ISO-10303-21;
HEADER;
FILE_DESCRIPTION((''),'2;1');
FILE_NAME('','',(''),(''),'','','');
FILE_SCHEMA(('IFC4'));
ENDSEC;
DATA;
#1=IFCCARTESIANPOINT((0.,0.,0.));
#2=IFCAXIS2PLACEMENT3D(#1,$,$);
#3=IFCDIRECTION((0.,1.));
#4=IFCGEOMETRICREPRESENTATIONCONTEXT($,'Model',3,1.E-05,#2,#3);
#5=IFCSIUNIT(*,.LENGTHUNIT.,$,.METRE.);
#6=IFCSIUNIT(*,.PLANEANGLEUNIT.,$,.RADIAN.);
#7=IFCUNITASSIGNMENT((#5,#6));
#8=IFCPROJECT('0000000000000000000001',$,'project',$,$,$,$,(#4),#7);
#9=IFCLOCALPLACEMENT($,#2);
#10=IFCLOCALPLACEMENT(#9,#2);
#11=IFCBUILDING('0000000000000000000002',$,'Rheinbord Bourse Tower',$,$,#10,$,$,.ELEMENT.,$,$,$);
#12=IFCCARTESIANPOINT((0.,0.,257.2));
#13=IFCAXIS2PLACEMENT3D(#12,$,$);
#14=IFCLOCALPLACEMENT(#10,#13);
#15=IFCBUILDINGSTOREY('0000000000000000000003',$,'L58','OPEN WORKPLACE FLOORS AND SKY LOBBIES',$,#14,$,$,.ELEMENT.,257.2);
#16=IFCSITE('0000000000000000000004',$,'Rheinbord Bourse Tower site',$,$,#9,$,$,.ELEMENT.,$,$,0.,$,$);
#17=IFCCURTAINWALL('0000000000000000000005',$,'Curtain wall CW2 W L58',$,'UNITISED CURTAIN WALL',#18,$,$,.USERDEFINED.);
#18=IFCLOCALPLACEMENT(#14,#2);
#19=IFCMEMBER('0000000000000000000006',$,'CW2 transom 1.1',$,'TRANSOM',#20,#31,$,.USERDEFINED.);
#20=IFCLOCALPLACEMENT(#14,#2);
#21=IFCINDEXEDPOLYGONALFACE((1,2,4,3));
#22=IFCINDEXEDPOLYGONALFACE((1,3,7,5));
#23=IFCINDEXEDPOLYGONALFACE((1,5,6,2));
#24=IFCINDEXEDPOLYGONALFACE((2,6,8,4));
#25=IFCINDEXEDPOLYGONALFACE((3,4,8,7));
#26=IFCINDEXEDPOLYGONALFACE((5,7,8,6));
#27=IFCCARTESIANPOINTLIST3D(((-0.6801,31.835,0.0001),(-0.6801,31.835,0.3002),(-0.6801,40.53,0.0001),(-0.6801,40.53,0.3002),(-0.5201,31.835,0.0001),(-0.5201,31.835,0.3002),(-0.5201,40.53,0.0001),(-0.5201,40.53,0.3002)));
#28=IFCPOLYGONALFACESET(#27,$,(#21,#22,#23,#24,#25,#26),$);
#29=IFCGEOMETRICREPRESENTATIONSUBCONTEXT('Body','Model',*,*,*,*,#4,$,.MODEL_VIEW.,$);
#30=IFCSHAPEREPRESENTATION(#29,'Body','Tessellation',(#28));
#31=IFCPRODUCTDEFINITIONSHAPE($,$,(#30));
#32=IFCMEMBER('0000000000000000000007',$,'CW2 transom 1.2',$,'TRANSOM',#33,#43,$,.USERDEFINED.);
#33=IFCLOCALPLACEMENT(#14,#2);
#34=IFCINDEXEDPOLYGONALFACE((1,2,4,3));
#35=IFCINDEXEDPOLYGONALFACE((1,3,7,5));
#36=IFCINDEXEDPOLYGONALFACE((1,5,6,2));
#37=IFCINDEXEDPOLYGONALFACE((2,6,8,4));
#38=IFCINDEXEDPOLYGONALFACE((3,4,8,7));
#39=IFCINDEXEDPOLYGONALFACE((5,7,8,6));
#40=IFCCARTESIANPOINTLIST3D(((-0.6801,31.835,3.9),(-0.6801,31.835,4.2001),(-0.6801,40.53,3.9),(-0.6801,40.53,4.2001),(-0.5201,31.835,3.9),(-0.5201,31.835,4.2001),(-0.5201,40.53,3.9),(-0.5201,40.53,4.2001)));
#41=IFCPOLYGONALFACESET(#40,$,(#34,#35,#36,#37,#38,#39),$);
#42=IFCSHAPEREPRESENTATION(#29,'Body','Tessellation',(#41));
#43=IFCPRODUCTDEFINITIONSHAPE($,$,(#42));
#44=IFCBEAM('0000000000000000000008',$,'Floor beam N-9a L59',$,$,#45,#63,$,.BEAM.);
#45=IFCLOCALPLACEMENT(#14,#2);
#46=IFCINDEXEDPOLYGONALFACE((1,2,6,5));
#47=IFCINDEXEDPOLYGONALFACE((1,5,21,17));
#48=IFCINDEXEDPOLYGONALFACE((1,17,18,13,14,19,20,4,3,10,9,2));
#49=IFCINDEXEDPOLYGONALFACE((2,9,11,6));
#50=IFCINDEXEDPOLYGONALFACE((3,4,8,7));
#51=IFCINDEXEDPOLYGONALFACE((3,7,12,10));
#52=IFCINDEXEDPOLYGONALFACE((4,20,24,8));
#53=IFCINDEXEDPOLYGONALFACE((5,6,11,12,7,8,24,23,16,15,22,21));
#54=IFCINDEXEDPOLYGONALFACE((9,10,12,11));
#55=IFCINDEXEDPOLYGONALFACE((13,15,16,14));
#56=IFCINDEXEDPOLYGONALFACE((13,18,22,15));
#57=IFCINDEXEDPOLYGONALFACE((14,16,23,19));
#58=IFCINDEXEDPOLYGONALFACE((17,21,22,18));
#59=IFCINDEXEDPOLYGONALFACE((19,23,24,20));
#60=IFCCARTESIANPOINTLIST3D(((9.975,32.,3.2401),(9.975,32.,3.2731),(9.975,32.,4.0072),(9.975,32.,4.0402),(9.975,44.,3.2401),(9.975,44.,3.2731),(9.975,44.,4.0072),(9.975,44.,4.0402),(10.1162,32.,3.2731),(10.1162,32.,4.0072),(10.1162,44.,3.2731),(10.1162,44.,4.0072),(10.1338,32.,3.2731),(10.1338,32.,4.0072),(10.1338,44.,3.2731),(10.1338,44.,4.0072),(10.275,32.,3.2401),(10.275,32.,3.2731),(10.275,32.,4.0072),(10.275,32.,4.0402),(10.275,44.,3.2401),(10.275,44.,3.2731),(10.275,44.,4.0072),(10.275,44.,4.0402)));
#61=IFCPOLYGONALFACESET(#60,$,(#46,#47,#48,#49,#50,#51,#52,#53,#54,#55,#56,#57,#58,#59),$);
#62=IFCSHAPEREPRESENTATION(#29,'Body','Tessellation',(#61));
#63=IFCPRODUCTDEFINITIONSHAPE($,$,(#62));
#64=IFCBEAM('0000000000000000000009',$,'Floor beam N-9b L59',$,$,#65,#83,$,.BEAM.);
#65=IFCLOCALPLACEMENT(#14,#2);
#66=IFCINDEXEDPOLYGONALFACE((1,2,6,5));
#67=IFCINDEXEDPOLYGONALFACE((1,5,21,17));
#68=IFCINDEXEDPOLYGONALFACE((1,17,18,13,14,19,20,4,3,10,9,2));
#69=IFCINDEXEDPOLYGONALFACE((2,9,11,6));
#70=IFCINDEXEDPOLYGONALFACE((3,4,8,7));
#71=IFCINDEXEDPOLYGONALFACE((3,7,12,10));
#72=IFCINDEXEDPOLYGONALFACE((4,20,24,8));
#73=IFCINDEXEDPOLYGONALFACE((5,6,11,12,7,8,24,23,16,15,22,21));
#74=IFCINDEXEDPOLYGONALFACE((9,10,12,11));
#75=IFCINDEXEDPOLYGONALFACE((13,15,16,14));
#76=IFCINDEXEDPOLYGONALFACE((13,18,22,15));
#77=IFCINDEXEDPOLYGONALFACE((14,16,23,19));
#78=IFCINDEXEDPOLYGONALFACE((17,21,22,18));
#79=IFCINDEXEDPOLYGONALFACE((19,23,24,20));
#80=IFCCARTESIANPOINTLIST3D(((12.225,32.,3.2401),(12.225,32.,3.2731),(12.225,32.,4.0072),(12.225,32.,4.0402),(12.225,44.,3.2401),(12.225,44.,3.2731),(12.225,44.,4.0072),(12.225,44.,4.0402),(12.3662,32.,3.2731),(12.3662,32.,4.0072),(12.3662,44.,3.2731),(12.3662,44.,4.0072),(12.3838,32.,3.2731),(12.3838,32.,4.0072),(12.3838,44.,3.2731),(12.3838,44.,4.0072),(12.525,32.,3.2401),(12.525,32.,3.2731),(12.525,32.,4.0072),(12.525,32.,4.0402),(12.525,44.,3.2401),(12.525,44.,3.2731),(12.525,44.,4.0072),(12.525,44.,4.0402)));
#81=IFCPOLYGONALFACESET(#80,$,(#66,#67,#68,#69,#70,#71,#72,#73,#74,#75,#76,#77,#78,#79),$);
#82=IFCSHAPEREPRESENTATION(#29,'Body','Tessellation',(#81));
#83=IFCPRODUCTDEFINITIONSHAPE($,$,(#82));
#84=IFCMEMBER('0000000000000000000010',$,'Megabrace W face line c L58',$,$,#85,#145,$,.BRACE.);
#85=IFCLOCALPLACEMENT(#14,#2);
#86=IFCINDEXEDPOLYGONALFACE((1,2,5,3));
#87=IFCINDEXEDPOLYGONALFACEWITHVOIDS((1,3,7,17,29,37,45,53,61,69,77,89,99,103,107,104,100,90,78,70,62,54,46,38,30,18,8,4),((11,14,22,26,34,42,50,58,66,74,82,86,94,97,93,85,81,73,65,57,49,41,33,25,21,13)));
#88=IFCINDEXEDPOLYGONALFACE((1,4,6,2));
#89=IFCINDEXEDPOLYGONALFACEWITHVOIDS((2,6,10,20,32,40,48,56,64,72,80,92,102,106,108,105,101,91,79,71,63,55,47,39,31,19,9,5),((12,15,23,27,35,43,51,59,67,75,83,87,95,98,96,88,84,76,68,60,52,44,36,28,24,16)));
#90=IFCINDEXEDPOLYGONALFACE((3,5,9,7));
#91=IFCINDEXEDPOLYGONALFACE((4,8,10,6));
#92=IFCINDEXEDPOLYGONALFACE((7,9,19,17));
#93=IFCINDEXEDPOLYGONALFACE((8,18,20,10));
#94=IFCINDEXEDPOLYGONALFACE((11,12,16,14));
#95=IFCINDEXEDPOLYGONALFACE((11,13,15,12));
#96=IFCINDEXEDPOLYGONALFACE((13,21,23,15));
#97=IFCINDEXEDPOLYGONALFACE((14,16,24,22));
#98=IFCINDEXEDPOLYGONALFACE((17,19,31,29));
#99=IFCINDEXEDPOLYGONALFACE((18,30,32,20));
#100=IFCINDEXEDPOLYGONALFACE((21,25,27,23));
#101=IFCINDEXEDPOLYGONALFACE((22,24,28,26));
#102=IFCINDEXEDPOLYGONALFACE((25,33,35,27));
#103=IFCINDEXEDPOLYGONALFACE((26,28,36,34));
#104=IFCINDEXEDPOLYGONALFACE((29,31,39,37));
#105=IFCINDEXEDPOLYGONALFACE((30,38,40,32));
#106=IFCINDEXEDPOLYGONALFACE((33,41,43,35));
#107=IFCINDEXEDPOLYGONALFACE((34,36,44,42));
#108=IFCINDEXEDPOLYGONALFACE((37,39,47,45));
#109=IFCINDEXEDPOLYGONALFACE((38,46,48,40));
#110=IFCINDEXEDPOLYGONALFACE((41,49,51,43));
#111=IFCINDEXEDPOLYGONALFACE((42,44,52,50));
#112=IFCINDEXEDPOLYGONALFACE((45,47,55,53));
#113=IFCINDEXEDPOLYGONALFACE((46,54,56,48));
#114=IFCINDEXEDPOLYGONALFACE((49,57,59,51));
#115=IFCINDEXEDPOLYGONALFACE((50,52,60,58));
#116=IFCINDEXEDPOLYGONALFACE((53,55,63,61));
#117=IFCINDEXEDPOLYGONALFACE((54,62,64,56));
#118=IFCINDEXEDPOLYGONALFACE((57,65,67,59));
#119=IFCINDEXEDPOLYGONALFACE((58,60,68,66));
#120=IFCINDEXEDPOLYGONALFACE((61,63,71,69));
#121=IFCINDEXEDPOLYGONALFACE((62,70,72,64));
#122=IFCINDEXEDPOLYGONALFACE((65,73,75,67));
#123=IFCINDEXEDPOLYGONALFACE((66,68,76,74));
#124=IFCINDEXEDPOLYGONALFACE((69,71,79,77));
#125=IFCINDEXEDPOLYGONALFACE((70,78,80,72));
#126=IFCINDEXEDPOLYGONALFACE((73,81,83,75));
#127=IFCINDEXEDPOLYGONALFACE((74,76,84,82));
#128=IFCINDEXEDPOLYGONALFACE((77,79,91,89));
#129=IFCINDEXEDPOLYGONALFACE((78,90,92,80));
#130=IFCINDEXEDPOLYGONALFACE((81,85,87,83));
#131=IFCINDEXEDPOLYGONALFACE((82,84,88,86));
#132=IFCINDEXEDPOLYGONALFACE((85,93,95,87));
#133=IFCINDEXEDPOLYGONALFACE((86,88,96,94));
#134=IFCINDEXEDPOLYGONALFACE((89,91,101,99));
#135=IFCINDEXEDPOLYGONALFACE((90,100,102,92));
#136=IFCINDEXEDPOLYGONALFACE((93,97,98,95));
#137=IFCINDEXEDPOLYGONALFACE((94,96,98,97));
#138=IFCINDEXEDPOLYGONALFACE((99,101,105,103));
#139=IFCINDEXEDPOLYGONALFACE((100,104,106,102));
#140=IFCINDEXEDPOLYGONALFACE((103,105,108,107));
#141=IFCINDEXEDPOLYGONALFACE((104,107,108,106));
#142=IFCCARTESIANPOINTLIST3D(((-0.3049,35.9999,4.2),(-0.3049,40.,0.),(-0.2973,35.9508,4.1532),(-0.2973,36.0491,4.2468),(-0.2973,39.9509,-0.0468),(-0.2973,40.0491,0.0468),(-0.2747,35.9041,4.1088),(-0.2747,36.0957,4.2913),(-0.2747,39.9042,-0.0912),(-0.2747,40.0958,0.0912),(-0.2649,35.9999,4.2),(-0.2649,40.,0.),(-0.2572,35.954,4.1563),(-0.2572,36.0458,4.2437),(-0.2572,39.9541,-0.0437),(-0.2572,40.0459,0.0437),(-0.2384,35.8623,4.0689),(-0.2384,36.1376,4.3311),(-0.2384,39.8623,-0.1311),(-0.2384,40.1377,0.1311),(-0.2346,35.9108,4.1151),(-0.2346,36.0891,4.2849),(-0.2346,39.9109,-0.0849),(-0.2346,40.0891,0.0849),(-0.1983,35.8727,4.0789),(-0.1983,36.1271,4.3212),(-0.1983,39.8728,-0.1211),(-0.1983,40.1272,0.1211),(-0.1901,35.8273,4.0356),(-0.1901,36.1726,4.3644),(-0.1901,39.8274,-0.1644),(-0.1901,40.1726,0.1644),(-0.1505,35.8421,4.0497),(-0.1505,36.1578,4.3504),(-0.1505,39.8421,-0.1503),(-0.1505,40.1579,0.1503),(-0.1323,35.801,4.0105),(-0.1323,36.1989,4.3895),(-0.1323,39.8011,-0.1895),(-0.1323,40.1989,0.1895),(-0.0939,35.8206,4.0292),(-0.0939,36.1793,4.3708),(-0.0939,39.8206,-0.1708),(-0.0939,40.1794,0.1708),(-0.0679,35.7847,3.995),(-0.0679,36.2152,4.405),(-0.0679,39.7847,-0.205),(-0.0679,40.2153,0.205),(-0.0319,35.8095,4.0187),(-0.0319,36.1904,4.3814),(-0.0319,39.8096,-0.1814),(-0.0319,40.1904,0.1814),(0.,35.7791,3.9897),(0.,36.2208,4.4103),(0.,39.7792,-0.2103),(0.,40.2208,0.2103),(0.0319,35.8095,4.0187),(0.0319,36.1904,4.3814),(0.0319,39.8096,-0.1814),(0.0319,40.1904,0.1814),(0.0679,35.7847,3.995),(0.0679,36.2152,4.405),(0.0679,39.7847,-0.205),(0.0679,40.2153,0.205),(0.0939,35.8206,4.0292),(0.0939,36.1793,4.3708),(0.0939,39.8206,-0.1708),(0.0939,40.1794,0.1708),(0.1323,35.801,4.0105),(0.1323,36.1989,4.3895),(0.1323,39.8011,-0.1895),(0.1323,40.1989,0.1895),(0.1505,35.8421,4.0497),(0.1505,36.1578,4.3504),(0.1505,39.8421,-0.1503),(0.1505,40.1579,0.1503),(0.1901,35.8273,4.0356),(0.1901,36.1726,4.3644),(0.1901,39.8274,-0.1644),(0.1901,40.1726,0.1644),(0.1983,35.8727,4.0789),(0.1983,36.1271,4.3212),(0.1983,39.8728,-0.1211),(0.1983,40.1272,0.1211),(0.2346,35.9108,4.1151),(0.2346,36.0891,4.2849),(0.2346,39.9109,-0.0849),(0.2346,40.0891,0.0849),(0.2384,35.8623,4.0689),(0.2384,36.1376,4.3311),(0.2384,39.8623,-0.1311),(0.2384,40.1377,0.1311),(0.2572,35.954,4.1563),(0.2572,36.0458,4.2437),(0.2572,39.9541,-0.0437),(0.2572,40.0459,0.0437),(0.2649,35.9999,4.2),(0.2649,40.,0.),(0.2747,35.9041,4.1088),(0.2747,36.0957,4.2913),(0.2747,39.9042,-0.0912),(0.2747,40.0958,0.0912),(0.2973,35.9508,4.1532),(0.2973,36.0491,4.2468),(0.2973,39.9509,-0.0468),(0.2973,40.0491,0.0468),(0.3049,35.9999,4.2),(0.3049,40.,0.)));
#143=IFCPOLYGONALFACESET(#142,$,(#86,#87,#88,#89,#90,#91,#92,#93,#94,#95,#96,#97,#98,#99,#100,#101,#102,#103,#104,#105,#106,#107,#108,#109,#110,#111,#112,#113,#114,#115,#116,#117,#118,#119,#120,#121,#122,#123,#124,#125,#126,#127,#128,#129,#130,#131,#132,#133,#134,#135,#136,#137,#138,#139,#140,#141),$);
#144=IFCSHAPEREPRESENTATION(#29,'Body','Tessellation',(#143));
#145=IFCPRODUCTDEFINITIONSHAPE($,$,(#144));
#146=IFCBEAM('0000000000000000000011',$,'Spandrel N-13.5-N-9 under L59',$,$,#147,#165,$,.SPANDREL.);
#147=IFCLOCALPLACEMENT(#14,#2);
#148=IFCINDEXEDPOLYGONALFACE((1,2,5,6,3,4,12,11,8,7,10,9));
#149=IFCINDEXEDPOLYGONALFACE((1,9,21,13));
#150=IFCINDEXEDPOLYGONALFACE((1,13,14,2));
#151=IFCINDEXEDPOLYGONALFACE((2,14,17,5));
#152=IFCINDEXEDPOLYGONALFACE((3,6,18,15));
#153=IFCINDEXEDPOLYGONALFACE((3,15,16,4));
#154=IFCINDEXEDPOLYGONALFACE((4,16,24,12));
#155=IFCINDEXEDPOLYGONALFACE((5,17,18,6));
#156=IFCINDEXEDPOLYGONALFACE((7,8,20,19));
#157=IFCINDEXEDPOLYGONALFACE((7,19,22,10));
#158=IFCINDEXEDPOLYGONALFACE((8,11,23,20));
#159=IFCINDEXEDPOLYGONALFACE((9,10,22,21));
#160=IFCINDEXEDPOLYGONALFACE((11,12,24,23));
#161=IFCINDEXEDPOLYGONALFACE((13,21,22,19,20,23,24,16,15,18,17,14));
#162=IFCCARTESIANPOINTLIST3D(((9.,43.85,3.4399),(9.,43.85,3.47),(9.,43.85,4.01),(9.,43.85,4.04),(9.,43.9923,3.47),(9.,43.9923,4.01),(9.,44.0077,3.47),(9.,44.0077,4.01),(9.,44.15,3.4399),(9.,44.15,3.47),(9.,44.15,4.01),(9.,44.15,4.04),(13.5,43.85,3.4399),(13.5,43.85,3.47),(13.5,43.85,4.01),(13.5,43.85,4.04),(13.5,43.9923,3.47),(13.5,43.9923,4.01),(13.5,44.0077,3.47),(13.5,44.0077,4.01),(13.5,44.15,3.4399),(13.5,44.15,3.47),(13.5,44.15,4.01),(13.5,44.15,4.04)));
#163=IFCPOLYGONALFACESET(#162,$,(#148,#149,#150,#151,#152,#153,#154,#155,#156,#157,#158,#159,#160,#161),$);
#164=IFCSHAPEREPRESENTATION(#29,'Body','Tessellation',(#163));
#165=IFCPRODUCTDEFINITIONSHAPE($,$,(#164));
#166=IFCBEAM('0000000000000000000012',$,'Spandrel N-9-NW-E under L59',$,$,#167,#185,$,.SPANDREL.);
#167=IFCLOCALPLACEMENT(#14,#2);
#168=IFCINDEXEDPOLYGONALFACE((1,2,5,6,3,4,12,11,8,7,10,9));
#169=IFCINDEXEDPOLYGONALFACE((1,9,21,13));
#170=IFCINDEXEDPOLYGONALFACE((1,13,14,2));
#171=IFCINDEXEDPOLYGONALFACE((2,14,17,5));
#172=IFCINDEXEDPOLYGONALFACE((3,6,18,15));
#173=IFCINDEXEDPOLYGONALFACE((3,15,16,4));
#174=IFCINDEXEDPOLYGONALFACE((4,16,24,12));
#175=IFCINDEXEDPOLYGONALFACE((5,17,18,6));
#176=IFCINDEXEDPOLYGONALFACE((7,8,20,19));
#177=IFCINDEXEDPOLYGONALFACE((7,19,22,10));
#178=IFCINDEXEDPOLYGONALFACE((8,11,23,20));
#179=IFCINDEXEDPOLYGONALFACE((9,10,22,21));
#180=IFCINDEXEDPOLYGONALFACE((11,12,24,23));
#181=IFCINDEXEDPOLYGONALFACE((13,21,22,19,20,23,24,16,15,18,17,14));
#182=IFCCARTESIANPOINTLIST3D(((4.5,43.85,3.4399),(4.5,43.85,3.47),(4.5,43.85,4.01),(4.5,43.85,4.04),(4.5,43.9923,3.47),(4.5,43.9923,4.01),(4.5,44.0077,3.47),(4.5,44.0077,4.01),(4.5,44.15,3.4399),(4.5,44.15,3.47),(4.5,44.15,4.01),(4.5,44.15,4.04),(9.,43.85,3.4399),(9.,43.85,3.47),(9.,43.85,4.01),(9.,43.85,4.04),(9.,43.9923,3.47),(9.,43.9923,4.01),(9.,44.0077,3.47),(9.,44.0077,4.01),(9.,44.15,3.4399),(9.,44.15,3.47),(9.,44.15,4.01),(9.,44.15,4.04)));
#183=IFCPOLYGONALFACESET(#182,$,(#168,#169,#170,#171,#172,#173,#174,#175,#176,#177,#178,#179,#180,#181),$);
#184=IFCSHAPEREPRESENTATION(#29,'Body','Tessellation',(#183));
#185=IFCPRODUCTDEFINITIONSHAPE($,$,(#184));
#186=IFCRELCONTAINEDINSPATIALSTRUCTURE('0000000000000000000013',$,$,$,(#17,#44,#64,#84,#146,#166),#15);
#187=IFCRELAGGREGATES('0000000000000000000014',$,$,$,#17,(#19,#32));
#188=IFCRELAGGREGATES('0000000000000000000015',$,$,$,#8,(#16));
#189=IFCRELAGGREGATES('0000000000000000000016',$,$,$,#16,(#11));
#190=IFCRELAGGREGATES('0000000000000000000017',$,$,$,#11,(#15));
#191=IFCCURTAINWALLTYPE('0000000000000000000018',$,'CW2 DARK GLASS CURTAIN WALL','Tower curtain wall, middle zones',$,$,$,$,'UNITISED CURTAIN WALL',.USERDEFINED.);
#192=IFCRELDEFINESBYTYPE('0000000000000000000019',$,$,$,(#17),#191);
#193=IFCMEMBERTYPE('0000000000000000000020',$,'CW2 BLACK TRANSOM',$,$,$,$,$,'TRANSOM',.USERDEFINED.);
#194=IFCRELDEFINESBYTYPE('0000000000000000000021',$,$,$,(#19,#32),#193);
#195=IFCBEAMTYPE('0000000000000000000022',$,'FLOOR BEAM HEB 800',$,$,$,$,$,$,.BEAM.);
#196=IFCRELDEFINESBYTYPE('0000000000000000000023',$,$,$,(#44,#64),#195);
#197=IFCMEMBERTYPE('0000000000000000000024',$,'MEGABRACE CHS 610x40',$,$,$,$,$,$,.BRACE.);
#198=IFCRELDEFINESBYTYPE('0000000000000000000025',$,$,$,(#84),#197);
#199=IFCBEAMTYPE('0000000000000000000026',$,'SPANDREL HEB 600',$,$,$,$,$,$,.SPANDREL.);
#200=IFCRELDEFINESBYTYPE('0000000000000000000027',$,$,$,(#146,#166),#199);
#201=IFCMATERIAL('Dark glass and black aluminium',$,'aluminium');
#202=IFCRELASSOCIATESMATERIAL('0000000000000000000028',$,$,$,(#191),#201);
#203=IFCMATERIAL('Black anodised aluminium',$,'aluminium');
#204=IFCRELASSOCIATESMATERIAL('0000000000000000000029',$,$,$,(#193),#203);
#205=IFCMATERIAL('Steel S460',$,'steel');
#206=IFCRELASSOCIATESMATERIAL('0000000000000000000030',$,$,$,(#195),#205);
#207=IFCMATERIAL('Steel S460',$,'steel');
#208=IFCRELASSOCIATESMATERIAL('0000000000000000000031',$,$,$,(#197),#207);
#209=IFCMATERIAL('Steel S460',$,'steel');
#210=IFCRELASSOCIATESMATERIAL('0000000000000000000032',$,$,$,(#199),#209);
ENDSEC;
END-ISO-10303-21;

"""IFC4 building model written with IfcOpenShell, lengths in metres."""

from ifc_helpers import new_model, si_unit, direction, frame, origin, origin_2d, place, context, subcontext, project, spatial, rectangle, hollow_circle, i_section, extrude, material, material_profile, profile_set, type_object, element, aggregate, save


model = new_model("IFC4")

# Units and contexts
model_context = context("Model", 3, precision=1e-05, world=origin(), true_north=direction((0.0, 1.0)))
body_context = subcontext(model_context, "Body", "Model", "MODEL_VIEW")
ifc_project = project(units=[si_unit("LENGTHUNIT", "METRE"), si_unit("PLANEANGLEUNIT", "RADIAN")], contexts=[model_context])

# Site, building, storey
site_placement = place(None, origin())
site = spatial("IfcSite", under=ifc_project, at=site_placement, Name="Rheinbord Bourse Tower site", CompositionType="ELEMENT", RefElevation=0.0)
building_placement = place(site_placement, origin())
building = spatial("IfcBuilding", under=site, at=building_placement, Name="Rheinbord Bourse Tower", CompositionType="ELEMENT")
storey_placement = place(building_placement, frame((0.0, 0.0, 257.2)))
storey = spatial("IfcBuildingStorey", under=building, at=storey_placement, Name="L58", Description="OPEN WORKPLACE FLOORS AND SKY LOBBIES", CompositionType="ELEMENT", Elevation=257.2)

# Curtain wall
ifc_material_1 = material(Name="Dark glass and black aluminium", Category="aluminium")
curtain_wall_type = type_object("IfcCurtainWallType", Name="CW2 DARK GLASS CURTAIN WALL", Description="Tower curtain wall, middle zones", ElementType="UNITISED CURTAIN WALL", PredefinedType="USERDEFINED", material=ifc_material_1)
curtain_wall_1_placement = place(storey_placement, origin())
curtain_wall_1 = element("IfcCurtainWall", 1, at=curtain_wall_1_placement, inside=storey, type_object=curtain_wall_type, Name="Curtain wall CW2 W L58", ObjectType="UNITISED CURTAIN WALL", PredefinedType="USERDEFINED")

# Members
ifc_material_2 = material(Name="Black anodised aluminium", Category="aluminium")
ifc_material_profile_1 = material_profile(ifc_material_2, rectangle(XDim=0.1599, YDim=0.3, at=origin_2d()), Name="CW2 TRANSOM 300x160")
ifc_profile_set_1 = profile_set([ifc_material_profile_1], Name="Black anodised aluminium")
member_type_1 = type_object("IfcMemberType", Name="CW2 BLACK TRANSOM", ElementType="TRANSOM", PredefinedType="USERDEFINED", material=ifc_profile_set_1)
member_1_placement = place(storey_placement, frame((-0.6001, 40.53, 0.1501), z_axis=(0.0, -1.0, 0.0), x_axis=(1.0, 0.0, 0.0)))
member_1 = element("IfcMember", 2, at=member_1_placement, type_object=member_type_1, Name="CW2 transom 1.1", ObjectType="TRANSOM", PredefinedType="USERDEFINED", context=body_context, shape_type="SweptSolid", body=[
    extrude(rectangle(XDim=0.1599, YDim=0.3, at=origin_2d()), origin(), (0.0, 0.0, 1.0), 8.6951),
])
member_2_placement = place(storey_placement, frame((-0.6001, 40.53, 4.05), z_axis=(0.0, -1.0, 0.0), x_axis=(1.0, 0.0, 0.0)))
member_2 = element("IfcMember", 3, at=member_2_placement, type_object=member_type_1, Name="CW2 transom 1.2", ObjectType="TRANSOM", PredefinedType="USERDEFINED", context=body_context, shape_type="SweptSolid", body=[
    extrude(rectangle(XDim=0.1599, YDim=0.3, at=origin_2d()), origin(), (0.0, 0.0, 1.0), 8.6951),
])

# Beams
ifc_material_3 = material(Name="Steel S460", Category="steel")
ifc_material_profile_2 = material_profile(ifc_material_3, i_section(OverallWidth=0.3, OverallDepth=0.8, WebThickness=0.0176, FlangeThickness=0.033, at=origin_2d()), Name="HEB 800")
ifc_profile_set_2 = profile_set([ifc_material_profile_2], Name="Steel S460")
beam_type_1 = type_object("IfcBeamType", Name="FLOOR BEAM HEB 800", PredefinedType="BEAM", material=ifc_profile_set_2)
for number, where, z_axis, x_axis, name in (
    (4, (10.125, 44.0, 3.6401), (0.0, -1.0, 0.0), (1.0, 0.0, 0.0), "Floor beam N-9a L59"),
    (5, (12.375, 44.0, 3.6401), (0.0, -1.0, 0.0), (1.0, 0.0, 0.0), "Floor beam N-9b L59"),
):
    element("IfcBeam", number, at=place(storey_placement, frame(where, z_axis=z_axis, x_axis=x_axis)), inside=storey, type_object=beam_type_1, Name=name, PredefinedType="BEAM", context=body_context, shape_type="SweptSolid", body=[
        extrude(i_section(OverallWidth=0.3, OverallDepth=0.8, WebThickness=0.0176, FlangeThickness=0.033, at=origin_2d()), origin(), (0.0, 0.0, 1.0), 12.0),
    ])

# Member
ifc_material_4 = material(Name="Steel S460", Category="steel")
ifc_material_profile_3 = material_profile(ifc_material_4, hollow_circle(Radius=0.3049, WallThickness=0.04, at=origin_2d()), Name="CHS 610x40")
ifc_profile_set_3 = profile_set([ifc_material_profile_3], Name="Steel S460")
member_type_2 = type_object("IfcMemberType", Name="MEGABRACE CHS 610x40", PredefinedType="BRACE", material=ifc_profile_set_3)
member_3_placement = place(storey_placement, frame((0.0, 40.0, 0.0), z_axis=(0.0, -0.689659, 0.724134), x_axis=(1.0, 0.0, 0.0)))
element("IfcMember", 6, at=member_3_placement, inside=storey, type_object=member_type_2, Name="Megabrace W face line c L58", PredefinedType="BRACE", context=body_context, shape_type="SweptSolid", body=[
    extrude(hollow_circle(Radius=0.3049, WallThickness=0.04, at=origin_2d()), origin(), (0.0, 0.0, 1.0), 5.8),
])

# Beams
ifc_material_5 = material(Name="Steel S460", Category="steel")
ifc_material_profile_4 = material_profile(ifc_material_5, i_section(OverallWidth=0.3, OverallDepth=0.6001, WebThickness=0.0154, FlangeThickness=0.03, at=origin_2d()), Name="HEB 600")
ifc_profile_set_4 = profile_set([ifc_material_profile_4], Name="Steel S460")
beam_type_2 = type_object("IfcBeamType", Name="SPANDREL HEB 600", PredefinedType="SPANDREL", material=ifc_profile_set_4)
for number, where, z_axis, x_axis, name in (
    (7, (13.5, 44.0, 3.74), (-1.0, 0.0, 0.0), (0.0, -1.0, 0.0), "Spandrel N-13.5-N-9 under L59"),
    (8, (9.0, 44.0, 3.74), (-1.0, 0.0, 0.0), (0.0, -1.0, 0.0), "Spandrel N-9-NW-E under L59"),
):
    element("IfcBeam", number, at=place(storey_placement, frame(where, z_axis=z_axis, x_axis=x_axis)), inside=storey, type_object=beam_type_2, Name=name, PredefinedType="SPANDREL", context=body_context, shape_type="SweptSolid", body=[
        extrude(i_section(OverallWidth=0.3, OverallDepth=0.6001, WebThickness=0.0154, FlangeThickness=0.03, at=origin_2d()), origin(), (0.0, 0.0, 1.0), 4.5),
    ])

aggregate(curtain_wall_1, [member_1, member_2])

save(model, "model.ifc")
